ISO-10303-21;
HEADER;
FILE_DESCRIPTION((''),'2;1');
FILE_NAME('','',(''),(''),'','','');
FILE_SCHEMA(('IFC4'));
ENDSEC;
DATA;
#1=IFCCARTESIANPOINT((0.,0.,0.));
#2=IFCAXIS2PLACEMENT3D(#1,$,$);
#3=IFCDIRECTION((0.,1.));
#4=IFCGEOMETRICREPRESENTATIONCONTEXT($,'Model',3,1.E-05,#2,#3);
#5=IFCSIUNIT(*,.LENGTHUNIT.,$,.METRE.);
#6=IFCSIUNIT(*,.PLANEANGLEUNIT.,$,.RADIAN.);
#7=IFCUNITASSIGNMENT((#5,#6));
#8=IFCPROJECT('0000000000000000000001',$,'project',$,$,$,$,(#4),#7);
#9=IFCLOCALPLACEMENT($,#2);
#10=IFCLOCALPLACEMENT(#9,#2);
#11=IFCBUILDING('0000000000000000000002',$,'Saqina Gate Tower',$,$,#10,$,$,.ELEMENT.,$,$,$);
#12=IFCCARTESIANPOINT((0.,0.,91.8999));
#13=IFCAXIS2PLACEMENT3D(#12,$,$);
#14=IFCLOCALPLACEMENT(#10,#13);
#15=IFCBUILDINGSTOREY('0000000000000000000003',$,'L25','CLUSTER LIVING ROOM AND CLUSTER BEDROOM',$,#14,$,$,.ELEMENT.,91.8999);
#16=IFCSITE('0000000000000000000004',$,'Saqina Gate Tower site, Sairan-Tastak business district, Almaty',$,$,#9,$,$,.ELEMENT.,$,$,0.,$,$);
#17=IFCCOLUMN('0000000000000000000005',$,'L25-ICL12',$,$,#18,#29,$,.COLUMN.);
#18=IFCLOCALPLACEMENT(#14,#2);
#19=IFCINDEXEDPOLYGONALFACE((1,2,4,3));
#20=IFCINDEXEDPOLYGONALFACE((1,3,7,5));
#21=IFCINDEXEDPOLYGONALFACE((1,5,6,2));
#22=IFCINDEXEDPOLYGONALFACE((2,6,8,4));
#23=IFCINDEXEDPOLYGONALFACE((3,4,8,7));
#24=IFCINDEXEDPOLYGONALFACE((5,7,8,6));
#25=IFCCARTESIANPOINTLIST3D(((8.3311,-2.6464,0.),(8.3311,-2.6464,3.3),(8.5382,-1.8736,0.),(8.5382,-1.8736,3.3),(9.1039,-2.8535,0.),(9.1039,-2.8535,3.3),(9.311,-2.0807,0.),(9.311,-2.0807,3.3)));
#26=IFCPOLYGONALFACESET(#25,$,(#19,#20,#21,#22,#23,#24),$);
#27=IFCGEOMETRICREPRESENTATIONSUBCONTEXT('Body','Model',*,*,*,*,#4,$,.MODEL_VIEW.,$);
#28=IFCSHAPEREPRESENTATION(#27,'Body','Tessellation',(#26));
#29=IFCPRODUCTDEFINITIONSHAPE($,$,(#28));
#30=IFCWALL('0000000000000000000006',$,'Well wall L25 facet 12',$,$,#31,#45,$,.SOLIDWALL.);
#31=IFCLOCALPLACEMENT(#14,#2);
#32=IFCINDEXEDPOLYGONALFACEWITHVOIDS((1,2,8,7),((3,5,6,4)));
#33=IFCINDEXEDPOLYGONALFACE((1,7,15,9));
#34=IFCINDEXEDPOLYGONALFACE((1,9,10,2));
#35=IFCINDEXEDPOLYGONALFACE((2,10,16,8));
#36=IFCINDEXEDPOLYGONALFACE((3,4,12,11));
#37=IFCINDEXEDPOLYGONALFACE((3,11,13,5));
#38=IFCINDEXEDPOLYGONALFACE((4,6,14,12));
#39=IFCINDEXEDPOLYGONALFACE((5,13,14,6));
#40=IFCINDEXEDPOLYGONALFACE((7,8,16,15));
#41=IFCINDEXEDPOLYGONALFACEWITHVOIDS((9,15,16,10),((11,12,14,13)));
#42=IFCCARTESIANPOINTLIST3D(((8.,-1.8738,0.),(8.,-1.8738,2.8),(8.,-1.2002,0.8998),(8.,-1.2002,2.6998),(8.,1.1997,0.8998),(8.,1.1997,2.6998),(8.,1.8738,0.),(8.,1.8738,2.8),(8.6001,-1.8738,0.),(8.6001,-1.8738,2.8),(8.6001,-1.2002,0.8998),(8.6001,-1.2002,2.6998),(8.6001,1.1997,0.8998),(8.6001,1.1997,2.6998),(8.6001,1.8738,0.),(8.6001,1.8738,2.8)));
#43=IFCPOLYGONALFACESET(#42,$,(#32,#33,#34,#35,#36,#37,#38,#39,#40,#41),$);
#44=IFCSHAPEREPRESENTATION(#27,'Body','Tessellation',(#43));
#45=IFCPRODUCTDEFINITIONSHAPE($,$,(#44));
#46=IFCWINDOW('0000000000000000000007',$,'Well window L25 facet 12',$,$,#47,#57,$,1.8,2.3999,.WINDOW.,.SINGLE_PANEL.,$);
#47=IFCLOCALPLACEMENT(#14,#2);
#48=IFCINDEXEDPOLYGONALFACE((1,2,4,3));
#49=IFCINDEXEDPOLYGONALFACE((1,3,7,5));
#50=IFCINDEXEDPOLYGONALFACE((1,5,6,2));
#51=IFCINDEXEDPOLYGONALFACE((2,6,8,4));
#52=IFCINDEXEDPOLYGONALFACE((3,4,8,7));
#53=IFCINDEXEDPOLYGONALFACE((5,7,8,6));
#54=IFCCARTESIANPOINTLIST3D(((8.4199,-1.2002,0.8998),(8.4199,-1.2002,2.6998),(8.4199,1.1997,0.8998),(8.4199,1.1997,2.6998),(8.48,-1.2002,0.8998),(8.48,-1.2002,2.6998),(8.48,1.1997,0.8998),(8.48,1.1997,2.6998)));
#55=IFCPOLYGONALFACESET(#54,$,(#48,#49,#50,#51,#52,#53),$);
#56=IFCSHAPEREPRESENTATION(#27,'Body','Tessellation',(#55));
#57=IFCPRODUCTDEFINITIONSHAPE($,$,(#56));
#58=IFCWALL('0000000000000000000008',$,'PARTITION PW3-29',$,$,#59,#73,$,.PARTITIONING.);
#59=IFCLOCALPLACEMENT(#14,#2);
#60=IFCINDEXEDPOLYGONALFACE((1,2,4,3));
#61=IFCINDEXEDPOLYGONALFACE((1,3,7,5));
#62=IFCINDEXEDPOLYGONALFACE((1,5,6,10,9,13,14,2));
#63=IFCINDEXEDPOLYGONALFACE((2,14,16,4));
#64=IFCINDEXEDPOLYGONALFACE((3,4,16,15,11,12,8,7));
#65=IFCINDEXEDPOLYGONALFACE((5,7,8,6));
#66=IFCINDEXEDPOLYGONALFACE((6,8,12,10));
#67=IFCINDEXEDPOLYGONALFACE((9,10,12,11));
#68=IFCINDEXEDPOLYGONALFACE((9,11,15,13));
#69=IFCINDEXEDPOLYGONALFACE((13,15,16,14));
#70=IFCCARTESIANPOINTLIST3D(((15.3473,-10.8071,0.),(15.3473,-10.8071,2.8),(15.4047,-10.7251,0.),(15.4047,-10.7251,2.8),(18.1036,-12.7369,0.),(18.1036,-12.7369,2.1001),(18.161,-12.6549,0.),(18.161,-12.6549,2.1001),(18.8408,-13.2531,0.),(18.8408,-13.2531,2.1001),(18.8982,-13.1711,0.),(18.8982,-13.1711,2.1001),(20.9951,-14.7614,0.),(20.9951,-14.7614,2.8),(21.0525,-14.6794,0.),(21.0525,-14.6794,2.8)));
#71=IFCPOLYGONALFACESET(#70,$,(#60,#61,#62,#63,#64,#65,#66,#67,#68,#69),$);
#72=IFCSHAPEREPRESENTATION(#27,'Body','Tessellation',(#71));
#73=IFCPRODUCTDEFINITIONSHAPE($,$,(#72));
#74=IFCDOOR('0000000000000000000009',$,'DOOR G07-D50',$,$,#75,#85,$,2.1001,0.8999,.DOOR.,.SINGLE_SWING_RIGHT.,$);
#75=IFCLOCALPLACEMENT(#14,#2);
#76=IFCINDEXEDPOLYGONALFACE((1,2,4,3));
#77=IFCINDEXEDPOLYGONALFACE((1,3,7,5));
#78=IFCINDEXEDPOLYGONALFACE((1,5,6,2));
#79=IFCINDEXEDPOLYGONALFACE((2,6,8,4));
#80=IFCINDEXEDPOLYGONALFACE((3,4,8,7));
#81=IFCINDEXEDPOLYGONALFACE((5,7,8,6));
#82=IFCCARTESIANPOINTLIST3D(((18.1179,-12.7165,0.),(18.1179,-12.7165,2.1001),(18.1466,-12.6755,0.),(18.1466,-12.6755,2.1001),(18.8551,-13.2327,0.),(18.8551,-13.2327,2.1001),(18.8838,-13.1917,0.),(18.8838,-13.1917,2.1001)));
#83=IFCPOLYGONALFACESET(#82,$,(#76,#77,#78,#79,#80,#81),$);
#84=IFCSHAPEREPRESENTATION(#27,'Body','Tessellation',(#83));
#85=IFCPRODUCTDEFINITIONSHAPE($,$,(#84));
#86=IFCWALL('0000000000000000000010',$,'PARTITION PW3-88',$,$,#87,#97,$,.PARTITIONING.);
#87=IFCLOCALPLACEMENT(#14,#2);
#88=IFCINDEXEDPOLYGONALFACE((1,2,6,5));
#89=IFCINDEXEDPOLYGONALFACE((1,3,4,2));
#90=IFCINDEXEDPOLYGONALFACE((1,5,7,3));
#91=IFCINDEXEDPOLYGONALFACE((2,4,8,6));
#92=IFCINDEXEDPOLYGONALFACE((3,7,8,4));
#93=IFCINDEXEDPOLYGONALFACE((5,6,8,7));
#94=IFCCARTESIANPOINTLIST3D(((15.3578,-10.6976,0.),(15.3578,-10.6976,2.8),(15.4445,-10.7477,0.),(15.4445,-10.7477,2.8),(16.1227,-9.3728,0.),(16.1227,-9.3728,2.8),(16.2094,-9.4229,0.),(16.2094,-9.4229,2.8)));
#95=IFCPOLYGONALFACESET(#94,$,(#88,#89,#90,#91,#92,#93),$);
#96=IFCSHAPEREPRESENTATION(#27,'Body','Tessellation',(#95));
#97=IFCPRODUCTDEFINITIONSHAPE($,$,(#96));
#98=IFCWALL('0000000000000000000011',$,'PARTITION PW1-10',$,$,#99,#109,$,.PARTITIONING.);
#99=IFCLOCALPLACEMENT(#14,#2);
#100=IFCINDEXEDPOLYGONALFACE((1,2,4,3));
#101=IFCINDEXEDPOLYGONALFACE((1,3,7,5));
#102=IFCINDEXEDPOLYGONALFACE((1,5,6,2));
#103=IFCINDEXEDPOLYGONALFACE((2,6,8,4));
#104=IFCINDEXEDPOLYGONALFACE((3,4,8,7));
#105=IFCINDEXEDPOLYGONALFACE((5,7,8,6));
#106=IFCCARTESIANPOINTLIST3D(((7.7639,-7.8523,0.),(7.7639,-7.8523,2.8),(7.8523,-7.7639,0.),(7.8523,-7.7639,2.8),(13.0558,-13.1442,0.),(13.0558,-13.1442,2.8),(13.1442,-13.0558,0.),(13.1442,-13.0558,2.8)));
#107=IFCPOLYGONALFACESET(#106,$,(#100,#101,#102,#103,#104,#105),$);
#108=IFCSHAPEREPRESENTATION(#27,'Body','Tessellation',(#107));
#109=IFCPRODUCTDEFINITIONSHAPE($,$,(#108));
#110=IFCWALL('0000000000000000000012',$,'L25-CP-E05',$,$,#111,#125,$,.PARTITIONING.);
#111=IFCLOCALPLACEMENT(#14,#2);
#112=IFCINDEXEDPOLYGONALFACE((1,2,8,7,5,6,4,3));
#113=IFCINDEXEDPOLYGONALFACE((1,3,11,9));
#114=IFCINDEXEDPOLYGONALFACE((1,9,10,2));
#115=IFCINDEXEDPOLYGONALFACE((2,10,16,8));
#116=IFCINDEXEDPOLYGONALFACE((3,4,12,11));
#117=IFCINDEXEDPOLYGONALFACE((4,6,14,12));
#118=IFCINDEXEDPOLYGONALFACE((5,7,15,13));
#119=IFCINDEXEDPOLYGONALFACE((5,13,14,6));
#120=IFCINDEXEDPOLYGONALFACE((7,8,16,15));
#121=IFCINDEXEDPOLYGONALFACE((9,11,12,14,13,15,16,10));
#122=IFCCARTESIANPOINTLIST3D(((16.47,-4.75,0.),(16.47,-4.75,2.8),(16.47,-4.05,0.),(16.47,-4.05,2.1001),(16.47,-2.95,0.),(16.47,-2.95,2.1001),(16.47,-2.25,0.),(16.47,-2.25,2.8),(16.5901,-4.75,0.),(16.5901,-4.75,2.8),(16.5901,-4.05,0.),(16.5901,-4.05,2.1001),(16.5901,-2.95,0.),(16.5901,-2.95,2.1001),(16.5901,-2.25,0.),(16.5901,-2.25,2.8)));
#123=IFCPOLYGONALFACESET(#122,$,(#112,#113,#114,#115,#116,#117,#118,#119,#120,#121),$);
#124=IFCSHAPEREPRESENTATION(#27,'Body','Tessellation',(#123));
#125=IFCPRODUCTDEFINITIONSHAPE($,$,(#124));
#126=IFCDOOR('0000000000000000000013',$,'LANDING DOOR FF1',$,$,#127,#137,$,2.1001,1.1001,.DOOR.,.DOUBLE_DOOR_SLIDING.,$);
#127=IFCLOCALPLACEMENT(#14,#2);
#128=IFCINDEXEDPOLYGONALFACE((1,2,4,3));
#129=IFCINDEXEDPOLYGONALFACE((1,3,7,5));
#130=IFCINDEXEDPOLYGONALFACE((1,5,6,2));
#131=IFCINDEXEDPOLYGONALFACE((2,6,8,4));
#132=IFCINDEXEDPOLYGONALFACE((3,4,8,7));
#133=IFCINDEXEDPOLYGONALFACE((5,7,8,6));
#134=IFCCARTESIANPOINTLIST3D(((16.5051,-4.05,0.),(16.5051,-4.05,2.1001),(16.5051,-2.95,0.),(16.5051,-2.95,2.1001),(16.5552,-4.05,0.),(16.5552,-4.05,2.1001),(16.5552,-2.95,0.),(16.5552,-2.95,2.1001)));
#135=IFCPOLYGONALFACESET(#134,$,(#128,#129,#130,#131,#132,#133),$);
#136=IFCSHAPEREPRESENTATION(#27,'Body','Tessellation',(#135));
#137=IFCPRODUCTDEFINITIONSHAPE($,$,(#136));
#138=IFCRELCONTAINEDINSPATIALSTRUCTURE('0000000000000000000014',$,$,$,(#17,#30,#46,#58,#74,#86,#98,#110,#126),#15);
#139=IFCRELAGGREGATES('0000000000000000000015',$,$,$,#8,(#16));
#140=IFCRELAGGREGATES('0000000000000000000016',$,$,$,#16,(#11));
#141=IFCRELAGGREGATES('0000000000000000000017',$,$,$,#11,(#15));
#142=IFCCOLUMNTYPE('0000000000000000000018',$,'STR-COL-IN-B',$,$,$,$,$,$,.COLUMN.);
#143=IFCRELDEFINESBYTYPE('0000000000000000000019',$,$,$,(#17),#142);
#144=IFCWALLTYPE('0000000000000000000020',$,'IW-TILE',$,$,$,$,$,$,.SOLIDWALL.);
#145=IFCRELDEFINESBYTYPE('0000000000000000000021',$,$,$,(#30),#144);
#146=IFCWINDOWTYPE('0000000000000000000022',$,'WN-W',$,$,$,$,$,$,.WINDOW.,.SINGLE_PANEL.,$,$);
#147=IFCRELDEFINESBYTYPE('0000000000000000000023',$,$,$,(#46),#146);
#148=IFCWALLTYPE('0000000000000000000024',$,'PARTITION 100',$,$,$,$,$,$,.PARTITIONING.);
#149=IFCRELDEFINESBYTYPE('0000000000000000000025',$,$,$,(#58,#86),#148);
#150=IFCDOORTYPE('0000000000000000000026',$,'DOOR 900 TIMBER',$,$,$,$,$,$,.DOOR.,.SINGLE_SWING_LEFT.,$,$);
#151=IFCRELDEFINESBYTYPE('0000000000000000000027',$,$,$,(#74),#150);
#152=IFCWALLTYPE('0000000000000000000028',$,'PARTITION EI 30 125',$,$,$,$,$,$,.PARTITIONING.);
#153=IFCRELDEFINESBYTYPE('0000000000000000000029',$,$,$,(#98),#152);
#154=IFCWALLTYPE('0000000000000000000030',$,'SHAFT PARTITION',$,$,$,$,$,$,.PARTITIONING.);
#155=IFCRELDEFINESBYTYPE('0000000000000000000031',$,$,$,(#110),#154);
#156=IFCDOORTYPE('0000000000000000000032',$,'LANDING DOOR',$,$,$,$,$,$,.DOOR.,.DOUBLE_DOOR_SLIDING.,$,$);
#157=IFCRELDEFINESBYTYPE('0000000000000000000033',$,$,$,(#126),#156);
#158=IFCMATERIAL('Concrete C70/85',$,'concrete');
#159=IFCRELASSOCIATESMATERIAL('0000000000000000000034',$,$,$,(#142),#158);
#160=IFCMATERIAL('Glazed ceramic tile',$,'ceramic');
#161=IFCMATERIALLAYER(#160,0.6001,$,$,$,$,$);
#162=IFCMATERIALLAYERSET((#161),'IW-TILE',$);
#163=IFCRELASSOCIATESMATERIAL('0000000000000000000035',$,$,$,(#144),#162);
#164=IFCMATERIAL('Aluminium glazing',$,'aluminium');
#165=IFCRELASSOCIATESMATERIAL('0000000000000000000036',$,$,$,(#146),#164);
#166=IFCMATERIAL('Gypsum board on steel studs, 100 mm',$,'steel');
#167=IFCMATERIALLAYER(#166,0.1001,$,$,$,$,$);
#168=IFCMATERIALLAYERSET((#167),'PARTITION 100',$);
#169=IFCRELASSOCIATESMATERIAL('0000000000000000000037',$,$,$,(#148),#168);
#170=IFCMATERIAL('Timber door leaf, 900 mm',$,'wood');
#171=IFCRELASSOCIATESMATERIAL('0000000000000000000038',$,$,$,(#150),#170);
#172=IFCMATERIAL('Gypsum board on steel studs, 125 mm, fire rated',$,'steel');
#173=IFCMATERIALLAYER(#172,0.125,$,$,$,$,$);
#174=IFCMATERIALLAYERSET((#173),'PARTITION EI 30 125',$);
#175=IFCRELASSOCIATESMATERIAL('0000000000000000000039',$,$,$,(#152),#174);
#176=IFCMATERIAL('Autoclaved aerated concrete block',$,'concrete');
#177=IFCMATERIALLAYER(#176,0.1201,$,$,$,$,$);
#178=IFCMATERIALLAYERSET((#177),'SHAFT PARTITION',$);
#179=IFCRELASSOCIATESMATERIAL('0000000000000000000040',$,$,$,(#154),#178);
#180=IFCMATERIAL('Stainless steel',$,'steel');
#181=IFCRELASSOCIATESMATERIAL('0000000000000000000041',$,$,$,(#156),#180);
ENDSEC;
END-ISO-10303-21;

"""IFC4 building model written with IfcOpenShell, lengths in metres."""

from ifc_helpers import new_model, si_unit, direction, frame, frame_2d, origin, origin_2d, place, context, subcontext, project, spatial, rectangle, extrude, material, layer, layer_set, material_profile, profile_set, type_object, element, fill, save


model = new_model("IFC4")

# Units and contexts
model_context = context("Model", 3, precision=1e-05, world=origin(), true_north=direction((0.0, 1.0)))
body_context = subcontext(model_context, "Body", "Model", "MODEL_VIEW")
ifc_project = project(units=[si_unit("LENGTHUNIT", "METRE"), si_unit("PLANEANGLEUNIT", "RADIAN")], contexts=[model_context])

# Site, building, storey
site_placement = place(None, origin())
site = spatial("IfcSite", under=ifc_project, at=site_placement, Name="Saqina Gate Tower site, Sairan-Tastak business district, Almaty", CompositionType="ELEMENT", RefElevation=0.0)
building_placement = place(site_placement, origin())
building = spatial("IfcBuilding", under=site, at=building_placement, Name="Saqina Gate Tower", CompositionType="ELEMENT")
storey_placement = place(building_placement, frame((0.0, 0.0, 91.8999)))
storey = spatial("IfcBuildingStorey", under=building, at=storey_placement, Name="L25", Description="CLUSTER LIVING ROOM AND CLUSTER BEDROOM", CompositionType="ELEMENT", Elevation=91.8999)

# Column
ifc_material_1 = material(Name="Concrete C70/85", Category="concrete")
ifc_material_profile = material_profile(ifc_material_1, rectangle(XDim=0.8, YDim=0.8, at=origin_2d()), Name="RC 800x800")
ifc_profile_set = profile_set([ifc_material_profile], Name="Concrete C70/85")
column_type = type_object("IfcColumnType", Name="STR-COL-IN-B", PredefinedType="COLUMN", material=ifc_profile_set)
column_placement = place(storey_placement, frame((8.821, -2.3635, 0.0), z_axis=(0.0, 0.0, 1.0), x_axis=(0.965926, -0.258819, 0.0)))
element("IfcColumn", 1, at=column_placement, inside=storey, type_object=column_type, Name="L25-ICL12", PredefinedType="COLUMN", context=body_context, shape_type="SweptSolid", body=[
    extrude(rectangle(XDim=0.8, YDim=0.8, at=origin_2d()), origin(), (0.0, 0.0, 1.0), 3.3),
])

# Wall, opening, window
ifc_material_2 = material(Name="Glazed ceramic tile", Category="ceramic")
ifc_layer_1 = layer(ifc_material_2, 0.6001)
ifc_layer_set_1 = layer_set([ifc_layer_1], Name="IW-TILE")
wall_type_1 = type_object("IfcWallType", Name="IW-TILE", PredefinedType="SOLIDWALL", material=ifc_layer_set_1)
wall_1_placement = place(storey_placement, frame((8.3, -1.8738, 0.0), z_axis=(0.0, 0.0, 1.0), x_axis=(0.0, 1.0, 0.0)))
wall_1 = element("IfcWall", 2, at=wall_1_placement, inside=storey, type_object=wall_type_1, Name="Well wall L25 facet 12", PredefinedType="SOLIDWALL", context=body_context, shape_type="SweptSolid", body=[
    extrude(rectangle(XDim=3.7476, YDim=0.6001, at=frame_2d((1.8738, 0.0))), origin(), (0.0, 0.0, 1.0), 2.8),
])
opening_1_placement = place(wall_1_placement, frame((0.6736, 0.0, 0.8999)))
opening_1 = element("IfcOpeningElement", 3, at=opening_1_placement, cuts=wall_1, PredefinedType="OPENING", context=body_context, shape_type="SweptSolid", body=[
    extrude(rectangle(XDim=2.3999, YDim=1.8, at=frame_2d((1.2, 0.8999))), frame((0.0, 0.312, 0.0), z_axis=(0.0, -1.0, 0.0), x_axis=(1.0, 0.0, 0.0)), (0.0, 0.0, 1.0), 0.624),
])
ifc_material_3 = material(Name="Aluminium glazing", Category="aluminium")
window_type = type_object("IfcWindowType", Name="WN-W", PartitioningType="SINGLE_PANEL", PredefinedType="WINDOW", material=ifc_material_3)
window_placement = place(opening_1_placement, origin())
window = element("IfcWindow", 4, at=window_placement, inside=storey, type_object=window_type, Name="Well window L25 facet 12", OverallHeight=1.8, OverallWidth=2.3999, PartitioningType="SINGLE_PANEL", PredefinedType="WINDOW", context=body_context, shape_type="SweptSolid", body=[
    extrude(rectangle(XDim=2.3999, YDim=1.8, at=frame_2d((1.2, 0.8999))), frame((0.0, -0.1199, 0.0), z_axis=(0.0, -1.0, 0.0), x_axis=(1.0, 0.0, 0.0)), (0.0, 0.0, 1.0), 0.0601),
])
fill(opening_1, window)

# Wall, opening, door
ifc_material_4 = material(Name="Gypsum board on steel studs, 100 mm", Category="steel")
ifc_layer_2 = layer(ifc_material_4, 0.1001)
ifc_layer_set_2 = layer_set([ifc_layer_2], Name="PARTITION 100")
wall_type_2 = type_object("IfcWallType", Name="PARTITION 100", PredefinedType="PARTITIONING", material=ifc_layer_set_2)
wall_2_placement = place(storey_placement, frame((15.376, -10.7661, 0.0), z_axis=(0.0, 0.0, 1.0), x_axis=(0.819179, -0.573538, 0.0)))
wall_2 = element("IfcWall", 5, at=wall_2_placement, inside=storey, type_object=wall_type_2, Name="PARTITION PW3-29", PredefinedType="PARTITIONING", context=body_context, shape_type="SweptSolid", body=[
    extrude(rectangle(XDim=6.8945, YDim=0.1001, at=frame_2d((3.4473, 0.0))), origin(), (0.0, 0.0, 1.0), 2.8),
])
opening_2_placement = place(wall_2_placement, frame((3.3647, 0.0, 0.0)))
opening_2 = element("IfcOpeningElement", 6, at=opening_2_placement, cuts=wall_2, PredefinedType="OPENING", context=body_context, shape_type="SweptSolid", body=[
    extrude(rectangle(XDim=0.8999, YDim=2.1001, at=frame_2d((0.45, 1.05))), frame((0.0, 0.062, 0.0), z_axis=(0.0, -1.0, 0.0), x_axis=(1.0, 0.0, 0.0)), (0.0, 0.0, 1.0), 0.124),
])
ifc_material_5 = material(Name="Timber door leaf, 900 mm", Category="wood")
door_type_1 = type_object("IfcDoorType", Name="DOOR 900 TIMBER", OperationType="SINGLE_SWING_LEFT", PredefinedType="DOOR", material=ifc_material_5)
door_1_placement = place(opening_2_placement, origin())
door_1 = element("IfcDoor", 7, at=door_1_placement, inside=storey, type_object=door_type_1, Name="DOOR G07-D50", OperationType="SINGLE_SWING_RIGHT", OverallHeight=2.1001, OverallWidth=0.8999, PredefinedType="DOOR", context=body_context, shape_type="SweptSolid", body=[
    extrude(rectangle(XDim=0.8999, YDim=2.1001, at=frame_2d((0.45, 1.05))), frame((0.0, 0.0249, 0.0), z_axis=(0.0, -1.0, 0.0), x_axis=(1.0, 0.0, 0.0)), (0.0, 0.0, 1.0), 0.05),
])
fill(opening_2, door_1)

# Walls
wall_3_placement = place(storey_placement, frame((15.4011, -10.7227, 0.0), z_axis=(0.0, 0.0, 1.0), x_axis=(0.500036, 0.866005, 0.0)))
element("IfcWall", 8, at=wall_3_placement, inside=storey, type_object=wall_type_2, Name="PARTITION PW3-88", PredefinedType="PARTITIONING", context=body_context, shape_type="SweptSolid", body=[
    extrude(rectangle(XDim=1.5298, YDim=0.1001, at=frame_2d((0.7649, 0.0))), origin(), (0.0, 0.0, 1.0), 2.8),
])
ifc_material_6 = material(Name="Gypsum board on steel studs, 125 mm, fire rated", Category="steel")
ifc_layer_3 = layer(ifc_material_6, 0.125)
ifc_layer_set_3 = layer_set([ifc_layer_3], Name="PARTITION EI 30 125")
wall_type_3 = type_object("IfcWallType", Name="PARTITION EI 30 125", PredefinedType="PARTITIONING", material=ifc_layer_set_3)
wall_4_placement = place(storey_placement, frame((7.8081, -7.8081, 0.0), z_axis=(0.0, 0.0, 1.0), x_axis=(0.707107, -0.707107, 0.0)))
element("IfcWall", 9, at=wall_4_placement, inside=storey, type_object=wall_type_3, Name="PARTITION PW1-10", PredefinedType="PARTITIONING", context=body_context, shape_type="SweptSolid", body=[
    extrude(rectangle(XDim=7.4839, YDim=0.125, at=frame_2d((3.7419, 0.0))), origin(), (0.0, 0.0, 1.0), 2.8),
])

# Wall, opening, door
ifc_material_7 = material(Name="Autoclaved aerated concrete block", Category="concrete")
ifc_layer_4 = layer(ifc_material_7, 0.1201)
ifc_layer_set_4 = layer_set([ifc_layer_4], Name="SHAFT PARTITION")
wall_type_4 = type_object("IfcWallType", Name="SHAFT PARTITION", PredefinedType="PARTITIONING", material=ifc_layer_set_4)
wall_5_placement = place(storey_placement, frame((16.53, -4.75, 0.0), z_axis=(0.0, 0.0, 1.0), x_axis=(0.0, 1.0, 0.0)))
wall_5 = element("IfcWall", 10, at=wall_5_placement, inside=storey, type_object=wall_type_4, Name="L25-CP-E05", PredefinedType="PARTITIONING", context=body_context, shape_type="SweptSolid", body=[
    extrude(rectangle(XDim=2.5, YDim=0.1201, at=frame_2d((1.25, 0.0))), origin(), (0.0, 0.0, 1.0), 2.8),
])
opening_3_placement = place(wall_5_placement, frame((0.7, 0.0, 0.0)))
opening_3 = element("IfcOpeningElement", 11, at=opening_3_placement, cuts=wall_5, PredefinedType="OPENING", context=body_context, shape_type="SweptSolid", body=[
    extrude(rectangle(XDim=1.1001, YDim=2.1001, at=frame_2d((0.55, 1.05))), frame((0.0, 0.072, 0.0), z_axis=(0.0, -1.0, 0.0), x_axis=(1.0, 0.0, 0.0)), (0.0, 0.0, 1.0), 0.144),
])
ifc_material_8 = material(Name="Stainless steel", Category="steel")
door_type_2 = type_object("IfcDoorType", Name="LANDING DOOR", OperationType="DOUBLE_DOOR_SLIDING", PredefinedType="DOOR", material=ifc_material_8)
door_2_placement = place(opening_3_placement, origin())
door_2 = element("IfcDoor", 12, at=door_2_placement, inside=storey, type_object=door_type_2, Name="LANDING DOOR FF1", OperationType="DOUBLE_DOOR_SLIDING", OverallHeight=2.1001, OverallWidth=1.1001, PredefinedType="DOOR", context=body_context, shape_type="SweptSolid", body=[
    extrude(rectangle(XDim=1.1001, YDim=2.1001, at=frame_2d((0.55, 1.05))), frame((0.0, 0.0249, 0.0), z_axis=(0.0, -1.0, 0.0), x_axis=(1.0, 0.0, 0.0)), (0.0, 0.0, 1.0), 0.05),
])
fill(opening_3, door_2)

save(model, "model.ifc")
